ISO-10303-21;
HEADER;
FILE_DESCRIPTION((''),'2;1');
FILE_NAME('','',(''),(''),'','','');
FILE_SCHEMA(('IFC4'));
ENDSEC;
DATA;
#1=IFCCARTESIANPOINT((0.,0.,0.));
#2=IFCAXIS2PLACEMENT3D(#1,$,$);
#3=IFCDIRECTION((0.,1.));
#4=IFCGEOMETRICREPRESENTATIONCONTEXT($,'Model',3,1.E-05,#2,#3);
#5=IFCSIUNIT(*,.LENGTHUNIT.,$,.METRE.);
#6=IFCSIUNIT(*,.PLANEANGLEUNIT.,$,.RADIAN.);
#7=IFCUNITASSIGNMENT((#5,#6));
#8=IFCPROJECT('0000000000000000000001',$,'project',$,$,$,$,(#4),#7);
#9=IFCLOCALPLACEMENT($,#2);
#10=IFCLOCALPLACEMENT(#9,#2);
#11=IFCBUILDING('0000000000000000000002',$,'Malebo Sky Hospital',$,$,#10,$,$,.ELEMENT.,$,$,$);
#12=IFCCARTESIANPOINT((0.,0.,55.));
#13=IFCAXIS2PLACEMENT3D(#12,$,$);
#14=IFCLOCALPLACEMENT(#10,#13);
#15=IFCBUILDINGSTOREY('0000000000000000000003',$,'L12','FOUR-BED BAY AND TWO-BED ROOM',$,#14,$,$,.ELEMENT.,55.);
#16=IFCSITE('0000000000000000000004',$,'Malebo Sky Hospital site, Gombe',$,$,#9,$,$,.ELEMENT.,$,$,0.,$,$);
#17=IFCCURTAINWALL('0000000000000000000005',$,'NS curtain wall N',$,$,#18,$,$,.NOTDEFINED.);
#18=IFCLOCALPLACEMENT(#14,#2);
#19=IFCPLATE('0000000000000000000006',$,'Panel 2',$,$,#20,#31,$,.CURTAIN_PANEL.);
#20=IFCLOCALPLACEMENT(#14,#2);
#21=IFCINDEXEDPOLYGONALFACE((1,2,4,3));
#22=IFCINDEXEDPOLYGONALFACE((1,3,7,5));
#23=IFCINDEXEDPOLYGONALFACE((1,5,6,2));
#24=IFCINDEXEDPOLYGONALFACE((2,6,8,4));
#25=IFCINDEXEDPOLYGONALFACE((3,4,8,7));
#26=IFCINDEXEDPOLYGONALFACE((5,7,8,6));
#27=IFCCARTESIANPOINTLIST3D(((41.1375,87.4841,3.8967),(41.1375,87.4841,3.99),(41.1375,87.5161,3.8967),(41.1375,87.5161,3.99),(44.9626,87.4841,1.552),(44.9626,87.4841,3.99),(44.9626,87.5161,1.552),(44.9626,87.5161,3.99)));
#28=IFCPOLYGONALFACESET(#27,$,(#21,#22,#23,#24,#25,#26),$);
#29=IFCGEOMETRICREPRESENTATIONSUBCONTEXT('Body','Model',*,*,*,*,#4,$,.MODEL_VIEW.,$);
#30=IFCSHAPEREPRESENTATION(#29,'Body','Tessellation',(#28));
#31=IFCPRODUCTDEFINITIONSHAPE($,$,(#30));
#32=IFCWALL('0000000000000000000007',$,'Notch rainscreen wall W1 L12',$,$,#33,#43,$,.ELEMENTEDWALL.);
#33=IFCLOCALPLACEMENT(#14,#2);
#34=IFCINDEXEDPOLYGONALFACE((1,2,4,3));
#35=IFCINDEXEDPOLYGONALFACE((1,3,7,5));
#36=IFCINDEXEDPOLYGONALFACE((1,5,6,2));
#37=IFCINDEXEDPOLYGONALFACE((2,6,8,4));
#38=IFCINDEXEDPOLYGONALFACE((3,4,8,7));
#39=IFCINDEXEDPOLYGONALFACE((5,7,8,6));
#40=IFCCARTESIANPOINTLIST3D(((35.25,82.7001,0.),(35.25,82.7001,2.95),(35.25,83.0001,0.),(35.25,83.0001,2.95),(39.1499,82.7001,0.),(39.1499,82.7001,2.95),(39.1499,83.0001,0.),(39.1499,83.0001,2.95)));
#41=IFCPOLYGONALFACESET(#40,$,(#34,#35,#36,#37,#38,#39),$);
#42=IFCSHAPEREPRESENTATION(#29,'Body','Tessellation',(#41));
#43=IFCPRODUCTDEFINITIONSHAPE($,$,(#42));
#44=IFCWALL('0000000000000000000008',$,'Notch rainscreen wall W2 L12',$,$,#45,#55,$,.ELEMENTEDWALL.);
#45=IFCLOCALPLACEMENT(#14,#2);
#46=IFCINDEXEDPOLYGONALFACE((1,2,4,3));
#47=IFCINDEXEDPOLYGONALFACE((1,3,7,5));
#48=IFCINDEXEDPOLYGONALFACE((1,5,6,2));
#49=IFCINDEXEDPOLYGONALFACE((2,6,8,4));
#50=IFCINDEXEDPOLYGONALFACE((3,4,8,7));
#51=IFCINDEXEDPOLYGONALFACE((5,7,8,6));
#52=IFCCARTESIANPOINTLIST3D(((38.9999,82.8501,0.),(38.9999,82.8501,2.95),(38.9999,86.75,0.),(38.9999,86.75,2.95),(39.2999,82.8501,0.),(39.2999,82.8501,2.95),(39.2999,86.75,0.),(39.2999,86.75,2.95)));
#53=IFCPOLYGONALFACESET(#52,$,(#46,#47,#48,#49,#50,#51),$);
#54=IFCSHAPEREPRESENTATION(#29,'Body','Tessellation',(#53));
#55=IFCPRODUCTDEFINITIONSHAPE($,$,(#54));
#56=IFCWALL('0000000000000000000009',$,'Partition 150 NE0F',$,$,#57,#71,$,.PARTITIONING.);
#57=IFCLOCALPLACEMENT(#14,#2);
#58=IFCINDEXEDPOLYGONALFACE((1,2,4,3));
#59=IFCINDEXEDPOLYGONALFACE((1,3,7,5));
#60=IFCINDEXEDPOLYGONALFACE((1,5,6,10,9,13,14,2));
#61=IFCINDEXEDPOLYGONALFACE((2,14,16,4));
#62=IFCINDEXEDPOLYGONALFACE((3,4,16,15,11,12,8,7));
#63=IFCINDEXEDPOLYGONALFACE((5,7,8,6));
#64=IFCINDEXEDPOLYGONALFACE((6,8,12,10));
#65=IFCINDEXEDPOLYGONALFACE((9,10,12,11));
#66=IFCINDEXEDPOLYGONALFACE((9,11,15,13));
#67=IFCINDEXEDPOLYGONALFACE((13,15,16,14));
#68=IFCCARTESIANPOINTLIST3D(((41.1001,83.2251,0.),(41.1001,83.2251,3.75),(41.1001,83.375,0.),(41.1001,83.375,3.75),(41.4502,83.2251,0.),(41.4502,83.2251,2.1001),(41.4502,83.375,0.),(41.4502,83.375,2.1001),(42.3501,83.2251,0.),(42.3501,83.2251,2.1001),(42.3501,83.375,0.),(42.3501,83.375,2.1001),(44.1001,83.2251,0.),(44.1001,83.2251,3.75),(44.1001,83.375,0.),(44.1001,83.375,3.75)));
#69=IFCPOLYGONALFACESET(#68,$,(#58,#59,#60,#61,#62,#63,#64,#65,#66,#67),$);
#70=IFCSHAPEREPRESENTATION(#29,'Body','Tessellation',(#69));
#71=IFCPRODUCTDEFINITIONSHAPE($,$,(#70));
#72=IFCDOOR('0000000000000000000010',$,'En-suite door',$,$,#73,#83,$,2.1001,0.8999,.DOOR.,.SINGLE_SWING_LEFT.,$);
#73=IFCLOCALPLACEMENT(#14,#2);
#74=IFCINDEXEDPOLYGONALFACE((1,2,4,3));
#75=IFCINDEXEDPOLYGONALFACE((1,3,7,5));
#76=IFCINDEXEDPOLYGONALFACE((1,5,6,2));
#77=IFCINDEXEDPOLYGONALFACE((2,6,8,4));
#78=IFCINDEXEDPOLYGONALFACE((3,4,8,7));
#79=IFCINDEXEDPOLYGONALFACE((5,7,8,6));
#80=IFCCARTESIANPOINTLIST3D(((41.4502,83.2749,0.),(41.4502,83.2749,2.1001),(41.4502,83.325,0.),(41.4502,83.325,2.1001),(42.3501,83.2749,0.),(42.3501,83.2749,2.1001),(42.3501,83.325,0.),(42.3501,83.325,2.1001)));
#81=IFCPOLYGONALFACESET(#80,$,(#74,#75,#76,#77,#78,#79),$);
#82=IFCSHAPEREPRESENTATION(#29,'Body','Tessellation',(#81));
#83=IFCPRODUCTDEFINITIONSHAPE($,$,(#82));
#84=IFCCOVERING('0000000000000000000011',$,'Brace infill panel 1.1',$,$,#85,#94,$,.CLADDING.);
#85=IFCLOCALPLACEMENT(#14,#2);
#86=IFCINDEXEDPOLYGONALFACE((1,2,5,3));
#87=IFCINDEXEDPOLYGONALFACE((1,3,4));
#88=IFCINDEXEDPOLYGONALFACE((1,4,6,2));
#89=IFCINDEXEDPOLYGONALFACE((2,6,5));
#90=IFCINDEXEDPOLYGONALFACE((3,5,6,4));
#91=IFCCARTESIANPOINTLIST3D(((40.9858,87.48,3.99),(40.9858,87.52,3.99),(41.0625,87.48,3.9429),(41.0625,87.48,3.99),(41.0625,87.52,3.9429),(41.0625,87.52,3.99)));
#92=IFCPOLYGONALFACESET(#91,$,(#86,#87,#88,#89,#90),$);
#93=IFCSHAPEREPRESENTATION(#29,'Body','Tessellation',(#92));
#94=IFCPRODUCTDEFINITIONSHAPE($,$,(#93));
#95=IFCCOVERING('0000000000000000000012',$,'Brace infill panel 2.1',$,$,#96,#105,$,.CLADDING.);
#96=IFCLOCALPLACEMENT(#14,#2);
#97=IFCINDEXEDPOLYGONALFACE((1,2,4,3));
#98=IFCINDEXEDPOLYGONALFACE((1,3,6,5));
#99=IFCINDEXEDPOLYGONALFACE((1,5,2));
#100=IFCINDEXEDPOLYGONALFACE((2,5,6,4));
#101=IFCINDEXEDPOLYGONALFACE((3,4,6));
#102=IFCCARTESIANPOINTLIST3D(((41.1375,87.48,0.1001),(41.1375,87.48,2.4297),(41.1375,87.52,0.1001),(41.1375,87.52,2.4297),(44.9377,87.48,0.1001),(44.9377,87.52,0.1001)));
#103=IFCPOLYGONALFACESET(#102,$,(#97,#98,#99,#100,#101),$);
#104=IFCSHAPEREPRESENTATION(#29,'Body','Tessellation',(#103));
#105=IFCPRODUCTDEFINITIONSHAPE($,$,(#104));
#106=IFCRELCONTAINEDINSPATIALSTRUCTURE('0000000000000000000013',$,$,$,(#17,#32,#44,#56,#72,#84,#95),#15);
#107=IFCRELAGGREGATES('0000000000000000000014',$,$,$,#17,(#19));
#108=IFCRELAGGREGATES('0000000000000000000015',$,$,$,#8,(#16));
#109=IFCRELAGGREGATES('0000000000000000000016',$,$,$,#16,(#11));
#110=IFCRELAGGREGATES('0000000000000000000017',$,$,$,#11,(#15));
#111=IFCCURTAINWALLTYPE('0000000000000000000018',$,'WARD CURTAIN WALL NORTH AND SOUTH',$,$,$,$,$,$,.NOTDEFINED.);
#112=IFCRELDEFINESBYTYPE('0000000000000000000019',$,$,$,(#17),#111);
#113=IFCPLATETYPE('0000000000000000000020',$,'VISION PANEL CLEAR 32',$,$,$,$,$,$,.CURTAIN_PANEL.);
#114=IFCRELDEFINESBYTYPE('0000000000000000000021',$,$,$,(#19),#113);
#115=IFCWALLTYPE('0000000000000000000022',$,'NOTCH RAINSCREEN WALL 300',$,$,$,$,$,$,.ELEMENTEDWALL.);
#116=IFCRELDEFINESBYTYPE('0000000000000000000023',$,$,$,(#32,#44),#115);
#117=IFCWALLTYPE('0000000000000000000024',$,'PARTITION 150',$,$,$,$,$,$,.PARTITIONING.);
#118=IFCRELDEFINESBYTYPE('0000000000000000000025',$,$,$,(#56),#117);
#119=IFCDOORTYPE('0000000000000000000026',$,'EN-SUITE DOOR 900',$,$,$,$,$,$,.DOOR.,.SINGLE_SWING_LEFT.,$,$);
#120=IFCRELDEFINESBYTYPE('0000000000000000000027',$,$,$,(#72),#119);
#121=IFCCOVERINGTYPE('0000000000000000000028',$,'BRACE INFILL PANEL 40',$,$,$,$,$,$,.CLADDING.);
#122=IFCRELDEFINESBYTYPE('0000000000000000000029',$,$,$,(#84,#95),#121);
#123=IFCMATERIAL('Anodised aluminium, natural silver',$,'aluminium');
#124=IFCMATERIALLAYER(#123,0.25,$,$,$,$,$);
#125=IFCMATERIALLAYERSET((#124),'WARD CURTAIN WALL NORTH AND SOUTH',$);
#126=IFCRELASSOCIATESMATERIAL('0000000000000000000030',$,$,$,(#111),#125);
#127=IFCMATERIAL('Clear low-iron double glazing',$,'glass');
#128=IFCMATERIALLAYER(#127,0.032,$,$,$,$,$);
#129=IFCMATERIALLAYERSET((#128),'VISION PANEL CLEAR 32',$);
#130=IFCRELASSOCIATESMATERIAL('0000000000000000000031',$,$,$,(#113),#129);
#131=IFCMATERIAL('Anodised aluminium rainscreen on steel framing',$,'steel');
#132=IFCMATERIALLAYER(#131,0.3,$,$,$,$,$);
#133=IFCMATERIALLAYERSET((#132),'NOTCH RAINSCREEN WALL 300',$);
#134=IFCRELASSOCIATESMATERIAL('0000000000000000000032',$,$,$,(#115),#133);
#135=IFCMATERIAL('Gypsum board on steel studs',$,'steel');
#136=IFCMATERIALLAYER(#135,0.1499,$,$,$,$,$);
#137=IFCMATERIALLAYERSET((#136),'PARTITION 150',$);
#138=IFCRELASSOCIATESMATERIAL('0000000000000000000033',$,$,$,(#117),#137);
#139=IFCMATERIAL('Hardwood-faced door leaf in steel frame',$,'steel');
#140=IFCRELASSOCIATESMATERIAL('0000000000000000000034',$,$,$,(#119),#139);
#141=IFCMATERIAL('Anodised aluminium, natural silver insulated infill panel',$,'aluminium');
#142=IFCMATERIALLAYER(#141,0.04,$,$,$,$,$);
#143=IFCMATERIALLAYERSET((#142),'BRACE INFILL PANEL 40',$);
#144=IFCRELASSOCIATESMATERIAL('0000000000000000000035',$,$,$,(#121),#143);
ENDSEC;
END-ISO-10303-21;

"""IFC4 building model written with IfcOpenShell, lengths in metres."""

from ifc_helpers import new_model, si_unit, direction, frame, frame_2d, origin, place, context, subcontext, project, spatial, polyline, rectangle, outline, extrude, material, layer, layer_set, type_object, element, fill, aggregate, save


model = new_model("IFC4")

# Units and contexts
model_context = context("Model", 3, precision=1e-05, world=origin(), true_north=direction((0.0, 1.0)))
body_context = subcontext(model_context, "Body", "Model", "MODEL_VIEW")
ifc_project = project(units=[si_unit("LENGTHUNIT", "METRE"), si_unit("PLANEANGLEUNIT", "RADIAN")], contexts=[model_context])

# Site, building, storey
site_placement = place(None, origin())
site = spatial("IfcSite", under=ifc_project, at=site_placement, Name="Malebo Sky Hospital site, Gombe", CompositionType="ELEMENT", RefElevation=0.0)
building_placement = place(site_placement, origin())
building = spatial("IfcBuilding", under=site, at=building_placement, Name="Malebo Sky Hospital", CompositionType="ELEMENT")
storey_placement = place(building_placement, frame((0.0, 0.0, 55.0)))
storey = spatial("IfcBuildingStorey", under=building, at=storey_placement, Name="L12", Description="FOUR-BED BAY AND TWO-BED ROOM", CompositionType="ELEMENT", Elevation=55.0)

# Curtain wall
ifc_material_1 = material(Name="Anodised aluminium, natural silver", Category="aluminium")
ifc_layer_1 = layer(ifc_material_1, 0.25)
ifc_layer_set_1 = layer_set([ifc_layer_1], Name="WARD CURTAIN WALL NORTH AND SOUTH")
curtain_wall_type = type_object("IfcCurtainWallType", Name="WARD CURTAIN WALL NORTH AND SOUTH", PredefinedType="NOTDEFINED", material=ifc_layer_set_1)
curtain_wall_placement = place(storey_placement, origin())
curtain_wall = element("IfcCurtainWall", 1, at=curtain_wall_placement, inside=storey, type_object=curtain_wall_type, Name="NS curtain wall N", PredefinedType="NOTDEFINED")

# Plate
ifc_material_2 = material(Name="Clear low-iron double glazing", Category="glass")
ifc_layer_2 = layer(ifc_material_2, 0.032)
ifc_layer_set_2 = layer_set([ifc_layer_2], Name="VISION PANEL CLEAR 32")
plate_type = type_object("IfcPlateType", Name="VISION PANEL CLEAR 32", PredefinedType="CURTAIN_PANEL", material=ifc_layer_set_2)
plate_1_placement = place(storey_placement, frame((43.05, 87.5, 1.552), z_axis=(0.0, 0.0, 1.0), x_axis=(1.0, 0.0, 0.0)))
plate_1 = element("IfcPlate", 2, at=plate_1_placement, type_object=plate_type, Name="Panel 2", PredefinedType="CURTAIN_PANEL", context=body_context, shape_type="SweptSolid", body=[
    extrude(outline(polyline([(1.9126, 0.0), (1.9126, 2.438), (-1.9126, 2.438), (-1.9126, 2.3447), (1.9126, 0.0)])), frame((0.0, 0.0161, 0.0), z_axis=(0.0, -1.0, 0.0), x_axis=(1.0, 0.0, 0.0)), (0.0, 0.0, 1.0), 0.032),
])
aggregate(curtain_wall, [plate_1])

# Walls
ifc_material_3 = material(Name="Anodised aluminium rainscreen on steel framing", Category="steel")
ifc_layer_3 = layer(ifc_material_3, 0.3)
ifc_layer_set_3 = layer_set([ifc_layer_3], Name="NOTCH RAINSCREEN WALL 300")
wall_type_1 = type_object("IfcWallType", Name="NOTCH RAINSCREEN WALL 300", PredefinedType="ELEMENTEDWALL", material=ifc_layer_set_3)
for number, where, z_axis, x_axis, name in (
    (3, (35.25, 82.8501, 0.0), (0.0, 0.0, 1.0), (1.0, 0.0, 0.0), "Notch rainscreen wall W1 L12"),
    (4, (39.1499, 82.8501, 0.0), (0.0, 0.0, 1.0), (0.0, 1.0, 0.0), "Notch rainscreen wall W2 L12"),
):
    element("IfcWall", number, at=place(storey_placement, frame(where, z_axis=z_axis, x_axis=x_axis)), inside=storey, type_object=wall_type_1, Name=name, PredefinedType="ELEMENTEDWALL", context=body_context, shape_type="SweptSolid", body=[
        extrude(rectangle(XDim=3.8999, YDim=0.3, at=frame_2d((1.95, 0.0))), origin(), (0.0, 0.0, 1.0), 2.95),
    ])

# Wall, opening, door
ifc_material_4 = material(Name="Gypsum board on steel studs", Category="steel")
ifc_layer_4 = layer(ifc_material_4, 0.1499)
ifc_layer_set_4 = layer_set([ifc_layer_4], Name="PARTITION 150")
wall_type_2 = type_object("IfcWallType", Name="PARTITION 150", PredefinedType="PARTITIONING", material=ifc_layer_set_4)
wall_placement = place(storey_placement, frame((41.1001, 83.3, 0.0), z_axis=(0.0, 0.0, 1.0), x_axis=(1.0, 0.0, 0.0)))
wall = element("IfcWall", 5, at=wall_placement, inside=storey, type_object=wall_type_2, Name="Partition 150 NE0F", PredefinedType="PARTITIONING", context=body_context, shape_type="SweptSolid", body=[
    extrude(rectangle(XDim=3.0, YDim=0.1499, at=frame_2d((1.5, 0.0))), origin(), (0.0, 0.0, 1.0), 3.75),
])
opening_placement = place(wall_placement, frame((0.3501, 0.0, 0.0)))
opening = element("IfcOpeningElement", 6, at=opening_placement, cuts=wall, PredefinedType="OPENING", context=body_context, shape_type="SweptSolid", body=[
    extrude(rectangle(XDim=0.8999, YDim=2.1001, at=frame_2d((0.45, 1.05))), frame((0.0, 0.085, 0.0), z_axis=(0.0, -1.0, 0.0), x_axis=(1.0, 0.0, 0.0)), (0.0, 0.0, 1.0), 0.1699),
])
ifc_material_5 = material(Name="Hardwood-faced door leaf in steel frame", Category="steel")
door_type = type_object("IfcDoorType", Name="EN-SUITE DOOR 900", OperationType="SINGLE_SWING_LEFT", PredefinedType="DOOR", material=ifc_material_5)
door_placement = place(opening_placement, origin())
door = element("IfcDoor", 7, at=door_placement, inside=storey, type_object=door_type, Name="En-suite door", OperationType="SINGLE_SWING_LEFT", OverallHeight=2.1001, OverallWidth=0.8999, PredefinedType="DOOR", context=body_context, shape_type="SweptSolid", body=[
    extrude(rectangle(XDim=0.8999, YDim=2.1001, at=frame_2d((0.45, 1.05))), frame((0.0, 0.0249, 0.0), z_axis=(0.0, -1.0, 0.0), x_axis=(1.0, 0.0, 0.0)), (0.0, 0.0, 1.0), 0.05),
])
fill(opening, door)

# Coverings
ifc_material_6 = material(Name="Anodised aluminium, natural silver insulated infill panel", Category="aluminium")
ifc_layer_5 = layer(ifc_material_6, 0.04)
ifc_layer_set_5 = layer_set([ifc_layer_5], Name="BRACE INFILL PANEL 40")
covering_type = type_object("IfcCoveringType", Name="BRACE INFILL PANEL 40", PredefinedType="CLADDING", material=ifc_layer_set_5)
covering_1_placement = place(storey_placement, frame((41.0242, 87.5, 3.9429), z_axis=(0.0, 0.0, 1.0), x_axis=(1.0, 0.0, 0.0)))
element("IfcCovering", 8, at=covering_1_placement, inside=storey, type_object=covering_type, Name="Brace infill panel 1.1", PredefinedType="CLADDING", context=body_context, shape_type="SweptSolid", body=[
    extrude(outline(polyline([(0.0383, 0.0), (0.0383, 0.0471), (-0.0383, 0.0471), (0.0383, 0.0)])), frame((0.0, 0.02, 0.0), z_axis=(0.0, -1.0, 0.0), x_axis=(1.0, 0.0, 0.0)), (0.0, 0.0, 1.0), 0.04),
])
covering_2_placement = place(storey_placement, frame((43.0376, 87.5, 0.1001), z_axis=(0.0, 0.0, 1.0), x_axis=(1.0, 0.0, 0.0)))
element("IfcCovering", 9, at=covering_2_placement, inside=storey, type_object=covering_type, Name="Brace infill panel 2.1", PredefinedType="CLADDING", context=body_context, shape_type="SweptSolid", body=[
    extrude(outline(polyline([(-1.9001, 0.0), (1.9001, 0.0), (-1.9001, 2.3296), (-1.9001, 0.0)])), frame((0.0, 0.02, 0.0), z_axis=(0.0, -1.0, 0.0), x_axis=(1.0, 0.0, 0.0)), (0.0, 0.0, 1.0), 0.04),
])

save(model, "model.ifc")
